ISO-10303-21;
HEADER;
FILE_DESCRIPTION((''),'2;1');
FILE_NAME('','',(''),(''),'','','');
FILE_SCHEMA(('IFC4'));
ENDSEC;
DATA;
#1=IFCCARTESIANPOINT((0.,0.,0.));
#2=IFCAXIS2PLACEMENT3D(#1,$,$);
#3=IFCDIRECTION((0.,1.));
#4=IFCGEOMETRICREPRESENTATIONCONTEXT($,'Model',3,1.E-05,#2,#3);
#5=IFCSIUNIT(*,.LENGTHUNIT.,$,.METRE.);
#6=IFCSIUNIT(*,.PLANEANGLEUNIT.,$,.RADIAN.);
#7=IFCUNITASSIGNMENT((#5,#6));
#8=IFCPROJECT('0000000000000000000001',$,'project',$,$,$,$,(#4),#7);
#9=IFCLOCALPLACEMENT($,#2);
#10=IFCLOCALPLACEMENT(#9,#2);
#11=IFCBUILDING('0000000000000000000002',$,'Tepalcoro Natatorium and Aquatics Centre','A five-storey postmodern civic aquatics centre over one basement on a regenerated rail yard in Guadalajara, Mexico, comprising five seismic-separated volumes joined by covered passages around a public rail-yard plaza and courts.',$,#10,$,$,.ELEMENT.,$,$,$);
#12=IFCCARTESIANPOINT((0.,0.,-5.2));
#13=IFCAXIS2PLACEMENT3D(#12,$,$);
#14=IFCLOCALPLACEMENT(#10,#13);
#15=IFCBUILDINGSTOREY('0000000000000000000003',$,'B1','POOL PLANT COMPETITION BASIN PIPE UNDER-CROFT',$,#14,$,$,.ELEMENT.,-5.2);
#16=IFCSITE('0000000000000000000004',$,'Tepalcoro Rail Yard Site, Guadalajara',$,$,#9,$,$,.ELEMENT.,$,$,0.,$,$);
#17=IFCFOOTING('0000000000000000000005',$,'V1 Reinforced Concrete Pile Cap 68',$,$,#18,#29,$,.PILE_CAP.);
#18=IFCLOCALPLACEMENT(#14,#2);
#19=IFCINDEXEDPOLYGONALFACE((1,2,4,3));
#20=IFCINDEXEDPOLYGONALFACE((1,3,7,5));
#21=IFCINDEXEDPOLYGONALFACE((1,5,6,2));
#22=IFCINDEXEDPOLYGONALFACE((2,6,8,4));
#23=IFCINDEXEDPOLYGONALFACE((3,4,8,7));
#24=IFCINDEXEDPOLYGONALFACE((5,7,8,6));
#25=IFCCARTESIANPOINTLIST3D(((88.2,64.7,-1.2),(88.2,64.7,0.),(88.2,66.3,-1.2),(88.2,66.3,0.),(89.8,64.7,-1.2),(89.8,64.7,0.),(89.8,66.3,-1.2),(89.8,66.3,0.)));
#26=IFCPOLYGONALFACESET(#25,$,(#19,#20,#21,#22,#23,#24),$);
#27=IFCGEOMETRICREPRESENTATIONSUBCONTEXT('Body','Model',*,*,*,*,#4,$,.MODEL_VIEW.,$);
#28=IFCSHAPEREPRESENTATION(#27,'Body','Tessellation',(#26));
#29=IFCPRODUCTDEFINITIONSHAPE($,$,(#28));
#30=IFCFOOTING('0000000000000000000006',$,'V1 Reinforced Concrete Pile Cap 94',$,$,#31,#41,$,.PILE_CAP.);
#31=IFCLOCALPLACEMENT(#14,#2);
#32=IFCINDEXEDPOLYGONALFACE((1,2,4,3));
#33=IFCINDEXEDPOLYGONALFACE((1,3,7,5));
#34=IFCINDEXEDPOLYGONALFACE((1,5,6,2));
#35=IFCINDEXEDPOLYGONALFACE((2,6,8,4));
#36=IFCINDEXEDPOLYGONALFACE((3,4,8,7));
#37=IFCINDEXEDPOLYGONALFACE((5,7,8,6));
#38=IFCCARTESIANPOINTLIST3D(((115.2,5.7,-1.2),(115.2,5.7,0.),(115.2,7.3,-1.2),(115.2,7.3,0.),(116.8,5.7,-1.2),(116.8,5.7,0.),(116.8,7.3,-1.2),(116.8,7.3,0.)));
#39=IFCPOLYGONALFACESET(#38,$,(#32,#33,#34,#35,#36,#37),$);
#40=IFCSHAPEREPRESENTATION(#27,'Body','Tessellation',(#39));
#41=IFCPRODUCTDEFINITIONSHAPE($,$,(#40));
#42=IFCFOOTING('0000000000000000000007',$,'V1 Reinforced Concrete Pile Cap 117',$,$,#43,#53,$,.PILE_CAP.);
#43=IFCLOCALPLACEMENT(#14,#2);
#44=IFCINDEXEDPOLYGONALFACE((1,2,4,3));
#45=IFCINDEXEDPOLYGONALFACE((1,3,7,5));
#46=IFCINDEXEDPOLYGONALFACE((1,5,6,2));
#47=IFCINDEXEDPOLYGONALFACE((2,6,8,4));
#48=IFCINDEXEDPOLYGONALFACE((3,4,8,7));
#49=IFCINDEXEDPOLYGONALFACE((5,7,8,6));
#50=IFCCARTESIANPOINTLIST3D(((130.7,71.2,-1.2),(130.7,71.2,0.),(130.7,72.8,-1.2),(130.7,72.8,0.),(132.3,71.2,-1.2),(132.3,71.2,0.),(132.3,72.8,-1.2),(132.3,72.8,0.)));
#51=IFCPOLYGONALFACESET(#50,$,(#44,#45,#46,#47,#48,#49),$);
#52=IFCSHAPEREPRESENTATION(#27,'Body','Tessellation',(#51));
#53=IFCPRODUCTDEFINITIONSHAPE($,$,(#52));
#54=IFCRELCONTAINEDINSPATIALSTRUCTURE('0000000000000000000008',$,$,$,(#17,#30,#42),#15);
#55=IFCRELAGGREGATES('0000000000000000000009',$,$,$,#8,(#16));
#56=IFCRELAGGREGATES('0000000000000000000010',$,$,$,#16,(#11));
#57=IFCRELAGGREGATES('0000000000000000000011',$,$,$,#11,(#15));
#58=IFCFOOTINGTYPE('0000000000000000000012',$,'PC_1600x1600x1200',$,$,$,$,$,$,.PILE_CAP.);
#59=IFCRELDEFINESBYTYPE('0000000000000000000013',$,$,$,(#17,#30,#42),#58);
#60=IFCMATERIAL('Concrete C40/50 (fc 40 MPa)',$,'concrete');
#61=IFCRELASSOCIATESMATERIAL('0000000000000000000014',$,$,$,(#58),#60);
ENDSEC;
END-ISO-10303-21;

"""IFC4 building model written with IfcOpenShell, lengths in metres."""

from ifc_helpers import new_model, si_unit, direction, frame, origin, place, context, subcontext, project, spatial, polyline, outline, extrude, material, type_object, element, save


model = new_model("IFC4")

# Units and contexts
model_context = context("Model", 3, precision=1e-05, world=origin(), true_north=direction((0.0, 1.0)))
body_context = subcontext(model_context, "Body", "Model", "MODEL_VIEW")
ifc_project = project(units=[si_unit("LENGTHUNIT", "METRE"), si_unit("PLANEANGLEUNIT", "RADIAN")], contexts=[model_context])

# Site, building, storey
site_placement = place(None, origin())
site = spatial("IfcSite", under=ifc_project, at=site_placement, Name="Tepalcoro Rail Yard Site, Guadalajara", CompositionType="ELEMENT", RefElevation=0.0)
building_placement = place(site_placement, origin())
building = spatial("IfcBuilding", under=site, at=building_placement, Name="Tepalcoro Natatorium and Aquatics Centre", Description="A five-storey postmodern civic aquatics centre over one basement on a regenerated rail yard in Guadalajara, Mexico, comprising five seismic-separated volumes joined by covered passages around a public rail-yard plaza and courts.", CompositionType="ELEMENT")
storey_placement = place(building_placement, frame((0.0, 0.0, -5.2)))
storey = spatial("IfcBuildingStorey", under=building, at=storey_placement, Name="B1", Description="POOL PLANT COMPETITION BASIN PIPE UNDER-CROFT", CompositionType="ELEMENT", Elevation=-5.2)

# Footings
ifc_material = material(Name="Concrete C40/50 (fc 40 MPa)", Category="concrete")
footing_type_1 = type_object("IfcFootingType", Name="PC_1600x1600x1200", PredefinedType="PILE_CAP", material=ifc_material)
footing_1_placement = place(storey_placement, frame((0.0, 0.0, -1.2)))
element("IfcFooting", 1, at=footing_1_placement, inside=storey, type_object=footing_type_1, Name="V1 Reinforced Concrete Pile Cap 68", PredefinedType="PILE_CAP", context=body_context, shape_type="SweptSolid", body=[
    extrude(outline(polyline([(88.2, 64.7), (89.8, 64.7), (89.8, 66.3), (88.2, 66.3), (88.2, 64.7)])), origin(), (0.0, 0.0, 1.0), 1.2),
])
footing_2_placement = place(storey_placement, frame((0.0, 0.0, -1.2)))
element("IfcFooting", 2, at=footing_2_placement, inside=storey, type_object=footing_type_1, Name="V1 Reinforced Concrete Pile Cap 94", PredefinedType="PILE_CAP", context=body_context, shape_type="SweptSolid", body=[
    extrude(outline(polyline([(115.2, 5.7), (116.8, 5.7), (116.8, 7.3), (115.2, 7.3), (115.2, 5.7)])), origin(), (0.0, 0.0, 1.0), 1.2),
])
footing_3_placement = place(storey_placement, frame((0.0, 0.0, -1.2)))
element("IfcFooting", 3, at=footing_3_placement, inside=storey, type_object=footing_type_1, Name="V1 Reinforced Concrete Pile Cap 117", PredefinedType="PILE_CAP", context=body_context, shape_type="SweptSolid", body=[
    extrude(outline(polyline([(130.7, 71.2), (132.3, 71.2), (132.3, 72.8), (130.7, 72.8), (130.7, 71.2)])), origin(), (0.0, 0.0, 1.0), 1.2),
])

save(model, "model.ifc")
